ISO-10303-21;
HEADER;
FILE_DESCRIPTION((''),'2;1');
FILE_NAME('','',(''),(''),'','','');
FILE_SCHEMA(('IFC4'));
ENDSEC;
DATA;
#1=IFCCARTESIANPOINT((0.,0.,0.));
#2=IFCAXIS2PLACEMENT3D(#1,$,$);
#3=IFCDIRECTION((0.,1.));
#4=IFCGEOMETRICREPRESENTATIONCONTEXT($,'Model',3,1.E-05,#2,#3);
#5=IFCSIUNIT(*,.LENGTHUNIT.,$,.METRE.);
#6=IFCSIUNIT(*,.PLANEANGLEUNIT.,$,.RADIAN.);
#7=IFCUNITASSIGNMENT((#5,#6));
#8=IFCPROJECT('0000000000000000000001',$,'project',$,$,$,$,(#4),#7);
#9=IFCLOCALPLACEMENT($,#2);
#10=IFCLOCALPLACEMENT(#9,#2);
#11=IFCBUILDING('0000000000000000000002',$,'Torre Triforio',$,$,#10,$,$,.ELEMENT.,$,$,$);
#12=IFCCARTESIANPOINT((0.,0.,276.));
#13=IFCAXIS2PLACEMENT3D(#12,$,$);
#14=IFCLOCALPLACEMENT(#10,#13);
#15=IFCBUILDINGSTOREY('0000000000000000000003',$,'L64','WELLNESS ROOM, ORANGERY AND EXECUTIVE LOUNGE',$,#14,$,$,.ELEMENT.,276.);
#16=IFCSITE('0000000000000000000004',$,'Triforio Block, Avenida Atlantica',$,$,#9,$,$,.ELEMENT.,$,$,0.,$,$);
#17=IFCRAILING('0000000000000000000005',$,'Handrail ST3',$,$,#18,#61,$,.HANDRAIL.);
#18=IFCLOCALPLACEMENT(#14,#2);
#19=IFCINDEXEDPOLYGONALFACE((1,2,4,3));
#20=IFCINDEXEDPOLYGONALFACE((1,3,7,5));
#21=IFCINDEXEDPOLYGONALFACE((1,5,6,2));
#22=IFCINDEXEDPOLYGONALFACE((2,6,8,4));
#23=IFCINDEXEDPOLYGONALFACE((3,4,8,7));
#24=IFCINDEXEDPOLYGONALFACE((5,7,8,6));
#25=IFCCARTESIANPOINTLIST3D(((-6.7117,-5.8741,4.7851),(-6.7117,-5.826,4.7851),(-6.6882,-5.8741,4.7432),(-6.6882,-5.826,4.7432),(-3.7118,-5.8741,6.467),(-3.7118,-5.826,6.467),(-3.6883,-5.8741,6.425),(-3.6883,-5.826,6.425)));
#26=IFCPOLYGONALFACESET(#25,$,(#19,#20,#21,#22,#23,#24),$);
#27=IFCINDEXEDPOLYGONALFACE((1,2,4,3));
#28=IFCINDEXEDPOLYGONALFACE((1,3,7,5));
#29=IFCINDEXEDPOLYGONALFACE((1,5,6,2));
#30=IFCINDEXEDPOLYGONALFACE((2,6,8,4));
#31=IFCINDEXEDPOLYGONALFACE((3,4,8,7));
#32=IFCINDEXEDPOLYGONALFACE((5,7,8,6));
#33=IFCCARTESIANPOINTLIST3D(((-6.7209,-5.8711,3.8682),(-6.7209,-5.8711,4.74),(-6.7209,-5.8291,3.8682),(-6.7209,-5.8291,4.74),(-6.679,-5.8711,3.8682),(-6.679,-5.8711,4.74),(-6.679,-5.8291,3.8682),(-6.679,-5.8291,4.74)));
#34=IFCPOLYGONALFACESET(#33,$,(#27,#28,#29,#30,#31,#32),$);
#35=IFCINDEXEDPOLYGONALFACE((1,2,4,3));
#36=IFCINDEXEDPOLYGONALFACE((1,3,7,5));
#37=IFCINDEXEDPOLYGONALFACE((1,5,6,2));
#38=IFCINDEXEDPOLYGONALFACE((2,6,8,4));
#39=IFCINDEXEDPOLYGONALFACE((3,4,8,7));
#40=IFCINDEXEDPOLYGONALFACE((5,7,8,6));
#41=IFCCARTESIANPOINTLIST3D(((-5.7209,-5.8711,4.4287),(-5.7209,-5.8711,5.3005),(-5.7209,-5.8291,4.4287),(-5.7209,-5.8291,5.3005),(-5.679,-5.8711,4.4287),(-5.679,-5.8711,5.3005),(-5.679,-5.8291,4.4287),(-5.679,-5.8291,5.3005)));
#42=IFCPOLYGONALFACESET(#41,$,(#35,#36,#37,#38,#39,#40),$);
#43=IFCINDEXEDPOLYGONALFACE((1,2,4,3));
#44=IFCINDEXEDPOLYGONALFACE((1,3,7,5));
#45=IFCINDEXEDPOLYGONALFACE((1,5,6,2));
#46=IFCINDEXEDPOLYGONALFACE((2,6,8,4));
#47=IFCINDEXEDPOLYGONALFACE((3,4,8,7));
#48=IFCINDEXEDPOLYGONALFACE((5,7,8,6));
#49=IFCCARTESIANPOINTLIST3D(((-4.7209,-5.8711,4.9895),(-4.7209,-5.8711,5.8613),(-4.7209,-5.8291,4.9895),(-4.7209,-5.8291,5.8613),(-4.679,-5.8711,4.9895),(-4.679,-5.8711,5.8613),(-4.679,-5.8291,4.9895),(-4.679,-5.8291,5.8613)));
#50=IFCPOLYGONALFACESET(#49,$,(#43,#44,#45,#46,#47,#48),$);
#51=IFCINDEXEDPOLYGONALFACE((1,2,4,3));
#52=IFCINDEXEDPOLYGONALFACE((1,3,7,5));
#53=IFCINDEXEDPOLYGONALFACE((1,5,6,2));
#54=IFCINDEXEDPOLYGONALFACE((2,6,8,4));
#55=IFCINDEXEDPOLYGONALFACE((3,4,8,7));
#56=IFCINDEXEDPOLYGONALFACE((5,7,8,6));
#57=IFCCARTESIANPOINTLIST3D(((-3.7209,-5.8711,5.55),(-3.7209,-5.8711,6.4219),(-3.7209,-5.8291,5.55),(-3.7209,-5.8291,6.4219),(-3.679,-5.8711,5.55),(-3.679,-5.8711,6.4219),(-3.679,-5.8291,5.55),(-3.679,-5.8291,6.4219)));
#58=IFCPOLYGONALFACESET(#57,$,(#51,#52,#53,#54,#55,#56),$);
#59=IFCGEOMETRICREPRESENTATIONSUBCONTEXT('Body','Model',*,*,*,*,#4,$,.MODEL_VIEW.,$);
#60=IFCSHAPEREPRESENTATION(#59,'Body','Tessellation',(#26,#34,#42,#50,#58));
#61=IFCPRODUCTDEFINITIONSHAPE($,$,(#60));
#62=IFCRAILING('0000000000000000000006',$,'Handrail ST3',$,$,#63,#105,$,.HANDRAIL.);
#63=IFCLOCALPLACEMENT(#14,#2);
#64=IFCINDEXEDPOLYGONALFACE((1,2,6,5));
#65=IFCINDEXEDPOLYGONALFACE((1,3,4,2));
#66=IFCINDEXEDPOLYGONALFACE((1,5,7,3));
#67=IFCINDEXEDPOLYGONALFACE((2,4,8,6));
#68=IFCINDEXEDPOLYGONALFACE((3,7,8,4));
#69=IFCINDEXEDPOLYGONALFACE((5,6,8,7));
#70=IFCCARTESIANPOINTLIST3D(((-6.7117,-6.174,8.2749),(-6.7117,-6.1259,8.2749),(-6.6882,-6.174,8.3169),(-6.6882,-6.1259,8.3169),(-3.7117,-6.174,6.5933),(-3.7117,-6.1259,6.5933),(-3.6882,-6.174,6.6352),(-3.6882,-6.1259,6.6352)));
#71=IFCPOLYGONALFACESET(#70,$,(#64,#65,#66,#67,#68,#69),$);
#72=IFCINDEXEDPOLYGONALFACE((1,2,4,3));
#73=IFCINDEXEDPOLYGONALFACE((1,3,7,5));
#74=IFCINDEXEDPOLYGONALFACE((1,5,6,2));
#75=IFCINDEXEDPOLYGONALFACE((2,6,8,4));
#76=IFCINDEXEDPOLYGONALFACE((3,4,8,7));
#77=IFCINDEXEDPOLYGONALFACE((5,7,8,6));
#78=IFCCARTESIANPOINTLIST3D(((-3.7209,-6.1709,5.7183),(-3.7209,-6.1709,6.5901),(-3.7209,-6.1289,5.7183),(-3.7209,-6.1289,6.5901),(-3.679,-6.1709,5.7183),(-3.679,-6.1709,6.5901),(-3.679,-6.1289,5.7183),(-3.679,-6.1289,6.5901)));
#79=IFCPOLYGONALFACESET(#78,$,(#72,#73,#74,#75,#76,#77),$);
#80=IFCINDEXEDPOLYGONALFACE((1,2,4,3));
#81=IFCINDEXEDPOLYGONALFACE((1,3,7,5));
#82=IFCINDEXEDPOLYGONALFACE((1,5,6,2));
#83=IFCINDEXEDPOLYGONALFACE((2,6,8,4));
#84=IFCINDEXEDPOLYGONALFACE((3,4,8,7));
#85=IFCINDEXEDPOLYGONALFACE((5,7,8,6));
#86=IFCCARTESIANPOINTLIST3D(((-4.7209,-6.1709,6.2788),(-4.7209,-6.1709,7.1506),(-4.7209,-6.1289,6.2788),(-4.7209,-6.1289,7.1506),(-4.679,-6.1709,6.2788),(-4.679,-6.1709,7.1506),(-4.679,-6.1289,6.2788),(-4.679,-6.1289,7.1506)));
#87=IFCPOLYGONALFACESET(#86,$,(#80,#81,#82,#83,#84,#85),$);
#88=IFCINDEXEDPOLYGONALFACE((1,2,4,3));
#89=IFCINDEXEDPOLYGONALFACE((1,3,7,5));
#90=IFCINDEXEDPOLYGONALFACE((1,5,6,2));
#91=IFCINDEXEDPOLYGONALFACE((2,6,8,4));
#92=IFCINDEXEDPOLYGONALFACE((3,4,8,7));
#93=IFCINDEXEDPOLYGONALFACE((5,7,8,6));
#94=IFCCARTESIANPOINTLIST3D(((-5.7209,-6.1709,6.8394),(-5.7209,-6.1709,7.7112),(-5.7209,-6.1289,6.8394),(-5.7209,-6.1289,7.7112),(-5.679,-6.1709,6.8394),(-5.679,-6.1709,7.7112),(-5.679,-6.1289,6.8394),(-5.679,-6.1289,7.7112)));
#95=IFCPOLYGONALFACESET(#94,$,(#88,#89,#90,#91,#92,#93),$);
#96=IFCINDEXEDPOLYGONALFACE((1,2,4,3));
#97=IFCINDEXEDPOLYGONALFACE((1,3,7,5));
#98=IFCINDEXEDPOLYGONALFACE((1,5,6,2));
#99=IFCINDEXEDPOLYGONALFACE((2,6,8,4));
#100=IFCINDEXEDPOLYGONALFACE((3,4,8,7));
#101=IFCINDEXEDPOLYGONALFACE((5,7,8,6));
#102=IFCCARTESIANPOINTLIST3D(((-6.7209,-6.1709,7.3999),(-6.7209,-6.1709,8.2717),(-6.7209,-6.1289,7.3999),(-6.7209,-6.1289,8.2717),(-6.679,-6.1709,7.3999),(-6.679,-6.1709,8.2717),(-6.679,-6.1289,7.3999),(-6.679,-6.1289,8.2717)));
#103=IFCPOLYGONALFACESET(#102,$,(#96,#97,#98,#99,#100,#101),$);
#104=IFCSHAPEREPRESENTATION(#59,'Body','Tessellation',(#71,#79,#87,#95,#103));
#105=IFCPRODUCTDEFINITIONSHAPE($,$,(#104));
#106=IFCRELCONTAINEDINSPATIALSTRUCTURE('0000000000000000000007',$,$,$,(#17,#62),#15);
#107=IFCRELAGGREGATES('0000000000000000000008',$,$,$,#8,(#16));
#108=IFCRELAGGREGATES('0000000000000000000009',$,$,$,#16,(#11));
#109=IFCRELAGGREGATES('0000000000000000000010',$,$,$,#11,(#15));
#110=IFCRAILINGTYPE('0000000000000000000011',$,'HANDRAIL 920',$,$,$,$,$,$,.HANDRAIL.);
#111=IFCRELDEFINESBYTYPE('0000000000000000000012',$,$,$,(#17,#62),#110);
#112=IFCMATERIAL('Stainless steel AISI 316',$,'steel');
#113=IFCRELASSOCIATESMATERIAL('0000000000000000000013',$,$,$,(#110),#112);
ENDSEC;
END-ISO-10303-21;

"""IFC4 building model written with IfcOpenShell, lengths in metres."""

from ifc_helpers import new_model, si_unit, direction, frame, origin, origin_2d, place, context, subcontext, project, spatial, rectangle, extrude, material, type_object, element, save


model = new_model("IFC4")

# Units and contexts
model_context = context("Model", 3, precision=1e-05, world=origin(), true_north=direction((0.0, 1.0)))
body_context = subcontext(model_context, "Body", "Model", "MODEL_VIEW")
ifc_project = project(units=[si_unit("LENGTHUNIT", "METRE"), si_unit("PLANEANGLEUNIT", "RADIAN")], contexts=[model_context])

# Site, building, storey
site_placement = place(None, origin())
site = spatial("IfcSite", under=ifc_project, at=site_placement, Name="Triforio Block, Avenida Atlantica", CompositionType="ELEMENT", RefElevation=0.0)
building_placement = place(site_placement, origin())
building = spatial("IfcBuilding", under=site, at=building_placement, Name="Torre Triforio", CompositionType="ELEMENT")
storey_placement = place(building_placement, frame((0.0, 0.0, 276.0)))
storey = spatial("IfcBuildingStorey", under=building, at=storey_placement, Name="L64", Description="WELLNESS ROOM, ORANGERY AND EXECUTIVE LOUNGE", CompositionType="ELEMENT", Elevation=276.0)

# Railings
ifc_material_1 = material(Name="Stainless steel AISI 316", Category="steel")
railing_type = type_object("IfcRailingType", Name="HANDRAIL 920", PredefinedType="HANDRAIL", material=ifc_material_1)
for number, where, name in (
    (1, (-6.7, -5.8501, 3.8682), "Handrail ST3"),
):
    element("IfcRailing", number, at=place(storey_placement, frame(where)), inside=storey, type_object=railing_type, Name=name, PredefinedType="HANDRAIL", context=body_context, shape_type="SweptSolid", body=[
        extrude(rectangle(XDim=0.0481, YDim=0.0481, at=origin_2d()), frame((0.0, 0.0, 0.896), z_axis=(0.872272, 0.0, 0.48902), x_axis=(0.0, 1.0, 0.0)), (0.0, 0.0, 1.0), 3.4392),
        extrude(rectangle(XDim=0.042, YDim=0.042, at=origin_2d()), origin(), (0.0, 0.0, 1.0), 0.8718),
        extrude(rectangle(XDim=0.042, YDim=0.042, at=origin_2d()), frame((1.0, 0.0, 0.5605)), (0.0, 0.0, 1.0), 0.8718),
        extrude(rectangle(XDim=0.042, YDim=0.042, at=origin_2d()), frame((2.0, 0.0, 1.1213)), (0.0, 0.0, 1.0), 0.8718),
        extrude(rectangle(XDim=0.042, YDim=0.042, at=origin_2d()), frame((3.0, 0.0, 1.6819)), (0.0, 0.0, 1.0), 0.8718),
    ])
railing_1_placement = place(storey_placement, frame((-3.7, -6.1499, 5.7183)))
element("IfcRailing", 2, at=railing_1_placement, inside=storey, type_object=railing_type, Name="Handrail ST3", PredefinedType="HANDRAIL", context=body_context, shape_type="SweptSolid", body=[
    extrude(rectangle(XDim=0.0481, YDim=0.0481, at=origin_2d()), frame((0.0, 0.0, 0.896), z_axis=(-0.872303, 0.0, 0.488966), x_axis=(0.0, -1.0, 0.0)), (0.0, 0.0, 1.0), 3.4392),
    extrude(rectangle(XDim=0.042, YDim=0.042, at=origin_2d()), origin(), (0.0, 0.0, 1.0), 0.8718),
    extrude(rectangle(XDim=0.042, YDim=0.042, at=origin_2d()), frame((-1.0, 0.0, 0.5605)), (0.0, 0.0, 1.0), 0.8718),
    extrude(rectangle(XDim=0.042, YDim=0.042, at=origin_2d()), frame((-2.0, 0.0, 1.1211)), (0.0, 0.0, 1.0), 0.8718),
    extrude(rectangle(XDim=0.042, YDim=0.042, at=origin_2d()), frame((-3.0, 0.0, 1.6816)), (0.0, 0.0, 1.0), 0.8718),
])

save(model, "model.ifc")
